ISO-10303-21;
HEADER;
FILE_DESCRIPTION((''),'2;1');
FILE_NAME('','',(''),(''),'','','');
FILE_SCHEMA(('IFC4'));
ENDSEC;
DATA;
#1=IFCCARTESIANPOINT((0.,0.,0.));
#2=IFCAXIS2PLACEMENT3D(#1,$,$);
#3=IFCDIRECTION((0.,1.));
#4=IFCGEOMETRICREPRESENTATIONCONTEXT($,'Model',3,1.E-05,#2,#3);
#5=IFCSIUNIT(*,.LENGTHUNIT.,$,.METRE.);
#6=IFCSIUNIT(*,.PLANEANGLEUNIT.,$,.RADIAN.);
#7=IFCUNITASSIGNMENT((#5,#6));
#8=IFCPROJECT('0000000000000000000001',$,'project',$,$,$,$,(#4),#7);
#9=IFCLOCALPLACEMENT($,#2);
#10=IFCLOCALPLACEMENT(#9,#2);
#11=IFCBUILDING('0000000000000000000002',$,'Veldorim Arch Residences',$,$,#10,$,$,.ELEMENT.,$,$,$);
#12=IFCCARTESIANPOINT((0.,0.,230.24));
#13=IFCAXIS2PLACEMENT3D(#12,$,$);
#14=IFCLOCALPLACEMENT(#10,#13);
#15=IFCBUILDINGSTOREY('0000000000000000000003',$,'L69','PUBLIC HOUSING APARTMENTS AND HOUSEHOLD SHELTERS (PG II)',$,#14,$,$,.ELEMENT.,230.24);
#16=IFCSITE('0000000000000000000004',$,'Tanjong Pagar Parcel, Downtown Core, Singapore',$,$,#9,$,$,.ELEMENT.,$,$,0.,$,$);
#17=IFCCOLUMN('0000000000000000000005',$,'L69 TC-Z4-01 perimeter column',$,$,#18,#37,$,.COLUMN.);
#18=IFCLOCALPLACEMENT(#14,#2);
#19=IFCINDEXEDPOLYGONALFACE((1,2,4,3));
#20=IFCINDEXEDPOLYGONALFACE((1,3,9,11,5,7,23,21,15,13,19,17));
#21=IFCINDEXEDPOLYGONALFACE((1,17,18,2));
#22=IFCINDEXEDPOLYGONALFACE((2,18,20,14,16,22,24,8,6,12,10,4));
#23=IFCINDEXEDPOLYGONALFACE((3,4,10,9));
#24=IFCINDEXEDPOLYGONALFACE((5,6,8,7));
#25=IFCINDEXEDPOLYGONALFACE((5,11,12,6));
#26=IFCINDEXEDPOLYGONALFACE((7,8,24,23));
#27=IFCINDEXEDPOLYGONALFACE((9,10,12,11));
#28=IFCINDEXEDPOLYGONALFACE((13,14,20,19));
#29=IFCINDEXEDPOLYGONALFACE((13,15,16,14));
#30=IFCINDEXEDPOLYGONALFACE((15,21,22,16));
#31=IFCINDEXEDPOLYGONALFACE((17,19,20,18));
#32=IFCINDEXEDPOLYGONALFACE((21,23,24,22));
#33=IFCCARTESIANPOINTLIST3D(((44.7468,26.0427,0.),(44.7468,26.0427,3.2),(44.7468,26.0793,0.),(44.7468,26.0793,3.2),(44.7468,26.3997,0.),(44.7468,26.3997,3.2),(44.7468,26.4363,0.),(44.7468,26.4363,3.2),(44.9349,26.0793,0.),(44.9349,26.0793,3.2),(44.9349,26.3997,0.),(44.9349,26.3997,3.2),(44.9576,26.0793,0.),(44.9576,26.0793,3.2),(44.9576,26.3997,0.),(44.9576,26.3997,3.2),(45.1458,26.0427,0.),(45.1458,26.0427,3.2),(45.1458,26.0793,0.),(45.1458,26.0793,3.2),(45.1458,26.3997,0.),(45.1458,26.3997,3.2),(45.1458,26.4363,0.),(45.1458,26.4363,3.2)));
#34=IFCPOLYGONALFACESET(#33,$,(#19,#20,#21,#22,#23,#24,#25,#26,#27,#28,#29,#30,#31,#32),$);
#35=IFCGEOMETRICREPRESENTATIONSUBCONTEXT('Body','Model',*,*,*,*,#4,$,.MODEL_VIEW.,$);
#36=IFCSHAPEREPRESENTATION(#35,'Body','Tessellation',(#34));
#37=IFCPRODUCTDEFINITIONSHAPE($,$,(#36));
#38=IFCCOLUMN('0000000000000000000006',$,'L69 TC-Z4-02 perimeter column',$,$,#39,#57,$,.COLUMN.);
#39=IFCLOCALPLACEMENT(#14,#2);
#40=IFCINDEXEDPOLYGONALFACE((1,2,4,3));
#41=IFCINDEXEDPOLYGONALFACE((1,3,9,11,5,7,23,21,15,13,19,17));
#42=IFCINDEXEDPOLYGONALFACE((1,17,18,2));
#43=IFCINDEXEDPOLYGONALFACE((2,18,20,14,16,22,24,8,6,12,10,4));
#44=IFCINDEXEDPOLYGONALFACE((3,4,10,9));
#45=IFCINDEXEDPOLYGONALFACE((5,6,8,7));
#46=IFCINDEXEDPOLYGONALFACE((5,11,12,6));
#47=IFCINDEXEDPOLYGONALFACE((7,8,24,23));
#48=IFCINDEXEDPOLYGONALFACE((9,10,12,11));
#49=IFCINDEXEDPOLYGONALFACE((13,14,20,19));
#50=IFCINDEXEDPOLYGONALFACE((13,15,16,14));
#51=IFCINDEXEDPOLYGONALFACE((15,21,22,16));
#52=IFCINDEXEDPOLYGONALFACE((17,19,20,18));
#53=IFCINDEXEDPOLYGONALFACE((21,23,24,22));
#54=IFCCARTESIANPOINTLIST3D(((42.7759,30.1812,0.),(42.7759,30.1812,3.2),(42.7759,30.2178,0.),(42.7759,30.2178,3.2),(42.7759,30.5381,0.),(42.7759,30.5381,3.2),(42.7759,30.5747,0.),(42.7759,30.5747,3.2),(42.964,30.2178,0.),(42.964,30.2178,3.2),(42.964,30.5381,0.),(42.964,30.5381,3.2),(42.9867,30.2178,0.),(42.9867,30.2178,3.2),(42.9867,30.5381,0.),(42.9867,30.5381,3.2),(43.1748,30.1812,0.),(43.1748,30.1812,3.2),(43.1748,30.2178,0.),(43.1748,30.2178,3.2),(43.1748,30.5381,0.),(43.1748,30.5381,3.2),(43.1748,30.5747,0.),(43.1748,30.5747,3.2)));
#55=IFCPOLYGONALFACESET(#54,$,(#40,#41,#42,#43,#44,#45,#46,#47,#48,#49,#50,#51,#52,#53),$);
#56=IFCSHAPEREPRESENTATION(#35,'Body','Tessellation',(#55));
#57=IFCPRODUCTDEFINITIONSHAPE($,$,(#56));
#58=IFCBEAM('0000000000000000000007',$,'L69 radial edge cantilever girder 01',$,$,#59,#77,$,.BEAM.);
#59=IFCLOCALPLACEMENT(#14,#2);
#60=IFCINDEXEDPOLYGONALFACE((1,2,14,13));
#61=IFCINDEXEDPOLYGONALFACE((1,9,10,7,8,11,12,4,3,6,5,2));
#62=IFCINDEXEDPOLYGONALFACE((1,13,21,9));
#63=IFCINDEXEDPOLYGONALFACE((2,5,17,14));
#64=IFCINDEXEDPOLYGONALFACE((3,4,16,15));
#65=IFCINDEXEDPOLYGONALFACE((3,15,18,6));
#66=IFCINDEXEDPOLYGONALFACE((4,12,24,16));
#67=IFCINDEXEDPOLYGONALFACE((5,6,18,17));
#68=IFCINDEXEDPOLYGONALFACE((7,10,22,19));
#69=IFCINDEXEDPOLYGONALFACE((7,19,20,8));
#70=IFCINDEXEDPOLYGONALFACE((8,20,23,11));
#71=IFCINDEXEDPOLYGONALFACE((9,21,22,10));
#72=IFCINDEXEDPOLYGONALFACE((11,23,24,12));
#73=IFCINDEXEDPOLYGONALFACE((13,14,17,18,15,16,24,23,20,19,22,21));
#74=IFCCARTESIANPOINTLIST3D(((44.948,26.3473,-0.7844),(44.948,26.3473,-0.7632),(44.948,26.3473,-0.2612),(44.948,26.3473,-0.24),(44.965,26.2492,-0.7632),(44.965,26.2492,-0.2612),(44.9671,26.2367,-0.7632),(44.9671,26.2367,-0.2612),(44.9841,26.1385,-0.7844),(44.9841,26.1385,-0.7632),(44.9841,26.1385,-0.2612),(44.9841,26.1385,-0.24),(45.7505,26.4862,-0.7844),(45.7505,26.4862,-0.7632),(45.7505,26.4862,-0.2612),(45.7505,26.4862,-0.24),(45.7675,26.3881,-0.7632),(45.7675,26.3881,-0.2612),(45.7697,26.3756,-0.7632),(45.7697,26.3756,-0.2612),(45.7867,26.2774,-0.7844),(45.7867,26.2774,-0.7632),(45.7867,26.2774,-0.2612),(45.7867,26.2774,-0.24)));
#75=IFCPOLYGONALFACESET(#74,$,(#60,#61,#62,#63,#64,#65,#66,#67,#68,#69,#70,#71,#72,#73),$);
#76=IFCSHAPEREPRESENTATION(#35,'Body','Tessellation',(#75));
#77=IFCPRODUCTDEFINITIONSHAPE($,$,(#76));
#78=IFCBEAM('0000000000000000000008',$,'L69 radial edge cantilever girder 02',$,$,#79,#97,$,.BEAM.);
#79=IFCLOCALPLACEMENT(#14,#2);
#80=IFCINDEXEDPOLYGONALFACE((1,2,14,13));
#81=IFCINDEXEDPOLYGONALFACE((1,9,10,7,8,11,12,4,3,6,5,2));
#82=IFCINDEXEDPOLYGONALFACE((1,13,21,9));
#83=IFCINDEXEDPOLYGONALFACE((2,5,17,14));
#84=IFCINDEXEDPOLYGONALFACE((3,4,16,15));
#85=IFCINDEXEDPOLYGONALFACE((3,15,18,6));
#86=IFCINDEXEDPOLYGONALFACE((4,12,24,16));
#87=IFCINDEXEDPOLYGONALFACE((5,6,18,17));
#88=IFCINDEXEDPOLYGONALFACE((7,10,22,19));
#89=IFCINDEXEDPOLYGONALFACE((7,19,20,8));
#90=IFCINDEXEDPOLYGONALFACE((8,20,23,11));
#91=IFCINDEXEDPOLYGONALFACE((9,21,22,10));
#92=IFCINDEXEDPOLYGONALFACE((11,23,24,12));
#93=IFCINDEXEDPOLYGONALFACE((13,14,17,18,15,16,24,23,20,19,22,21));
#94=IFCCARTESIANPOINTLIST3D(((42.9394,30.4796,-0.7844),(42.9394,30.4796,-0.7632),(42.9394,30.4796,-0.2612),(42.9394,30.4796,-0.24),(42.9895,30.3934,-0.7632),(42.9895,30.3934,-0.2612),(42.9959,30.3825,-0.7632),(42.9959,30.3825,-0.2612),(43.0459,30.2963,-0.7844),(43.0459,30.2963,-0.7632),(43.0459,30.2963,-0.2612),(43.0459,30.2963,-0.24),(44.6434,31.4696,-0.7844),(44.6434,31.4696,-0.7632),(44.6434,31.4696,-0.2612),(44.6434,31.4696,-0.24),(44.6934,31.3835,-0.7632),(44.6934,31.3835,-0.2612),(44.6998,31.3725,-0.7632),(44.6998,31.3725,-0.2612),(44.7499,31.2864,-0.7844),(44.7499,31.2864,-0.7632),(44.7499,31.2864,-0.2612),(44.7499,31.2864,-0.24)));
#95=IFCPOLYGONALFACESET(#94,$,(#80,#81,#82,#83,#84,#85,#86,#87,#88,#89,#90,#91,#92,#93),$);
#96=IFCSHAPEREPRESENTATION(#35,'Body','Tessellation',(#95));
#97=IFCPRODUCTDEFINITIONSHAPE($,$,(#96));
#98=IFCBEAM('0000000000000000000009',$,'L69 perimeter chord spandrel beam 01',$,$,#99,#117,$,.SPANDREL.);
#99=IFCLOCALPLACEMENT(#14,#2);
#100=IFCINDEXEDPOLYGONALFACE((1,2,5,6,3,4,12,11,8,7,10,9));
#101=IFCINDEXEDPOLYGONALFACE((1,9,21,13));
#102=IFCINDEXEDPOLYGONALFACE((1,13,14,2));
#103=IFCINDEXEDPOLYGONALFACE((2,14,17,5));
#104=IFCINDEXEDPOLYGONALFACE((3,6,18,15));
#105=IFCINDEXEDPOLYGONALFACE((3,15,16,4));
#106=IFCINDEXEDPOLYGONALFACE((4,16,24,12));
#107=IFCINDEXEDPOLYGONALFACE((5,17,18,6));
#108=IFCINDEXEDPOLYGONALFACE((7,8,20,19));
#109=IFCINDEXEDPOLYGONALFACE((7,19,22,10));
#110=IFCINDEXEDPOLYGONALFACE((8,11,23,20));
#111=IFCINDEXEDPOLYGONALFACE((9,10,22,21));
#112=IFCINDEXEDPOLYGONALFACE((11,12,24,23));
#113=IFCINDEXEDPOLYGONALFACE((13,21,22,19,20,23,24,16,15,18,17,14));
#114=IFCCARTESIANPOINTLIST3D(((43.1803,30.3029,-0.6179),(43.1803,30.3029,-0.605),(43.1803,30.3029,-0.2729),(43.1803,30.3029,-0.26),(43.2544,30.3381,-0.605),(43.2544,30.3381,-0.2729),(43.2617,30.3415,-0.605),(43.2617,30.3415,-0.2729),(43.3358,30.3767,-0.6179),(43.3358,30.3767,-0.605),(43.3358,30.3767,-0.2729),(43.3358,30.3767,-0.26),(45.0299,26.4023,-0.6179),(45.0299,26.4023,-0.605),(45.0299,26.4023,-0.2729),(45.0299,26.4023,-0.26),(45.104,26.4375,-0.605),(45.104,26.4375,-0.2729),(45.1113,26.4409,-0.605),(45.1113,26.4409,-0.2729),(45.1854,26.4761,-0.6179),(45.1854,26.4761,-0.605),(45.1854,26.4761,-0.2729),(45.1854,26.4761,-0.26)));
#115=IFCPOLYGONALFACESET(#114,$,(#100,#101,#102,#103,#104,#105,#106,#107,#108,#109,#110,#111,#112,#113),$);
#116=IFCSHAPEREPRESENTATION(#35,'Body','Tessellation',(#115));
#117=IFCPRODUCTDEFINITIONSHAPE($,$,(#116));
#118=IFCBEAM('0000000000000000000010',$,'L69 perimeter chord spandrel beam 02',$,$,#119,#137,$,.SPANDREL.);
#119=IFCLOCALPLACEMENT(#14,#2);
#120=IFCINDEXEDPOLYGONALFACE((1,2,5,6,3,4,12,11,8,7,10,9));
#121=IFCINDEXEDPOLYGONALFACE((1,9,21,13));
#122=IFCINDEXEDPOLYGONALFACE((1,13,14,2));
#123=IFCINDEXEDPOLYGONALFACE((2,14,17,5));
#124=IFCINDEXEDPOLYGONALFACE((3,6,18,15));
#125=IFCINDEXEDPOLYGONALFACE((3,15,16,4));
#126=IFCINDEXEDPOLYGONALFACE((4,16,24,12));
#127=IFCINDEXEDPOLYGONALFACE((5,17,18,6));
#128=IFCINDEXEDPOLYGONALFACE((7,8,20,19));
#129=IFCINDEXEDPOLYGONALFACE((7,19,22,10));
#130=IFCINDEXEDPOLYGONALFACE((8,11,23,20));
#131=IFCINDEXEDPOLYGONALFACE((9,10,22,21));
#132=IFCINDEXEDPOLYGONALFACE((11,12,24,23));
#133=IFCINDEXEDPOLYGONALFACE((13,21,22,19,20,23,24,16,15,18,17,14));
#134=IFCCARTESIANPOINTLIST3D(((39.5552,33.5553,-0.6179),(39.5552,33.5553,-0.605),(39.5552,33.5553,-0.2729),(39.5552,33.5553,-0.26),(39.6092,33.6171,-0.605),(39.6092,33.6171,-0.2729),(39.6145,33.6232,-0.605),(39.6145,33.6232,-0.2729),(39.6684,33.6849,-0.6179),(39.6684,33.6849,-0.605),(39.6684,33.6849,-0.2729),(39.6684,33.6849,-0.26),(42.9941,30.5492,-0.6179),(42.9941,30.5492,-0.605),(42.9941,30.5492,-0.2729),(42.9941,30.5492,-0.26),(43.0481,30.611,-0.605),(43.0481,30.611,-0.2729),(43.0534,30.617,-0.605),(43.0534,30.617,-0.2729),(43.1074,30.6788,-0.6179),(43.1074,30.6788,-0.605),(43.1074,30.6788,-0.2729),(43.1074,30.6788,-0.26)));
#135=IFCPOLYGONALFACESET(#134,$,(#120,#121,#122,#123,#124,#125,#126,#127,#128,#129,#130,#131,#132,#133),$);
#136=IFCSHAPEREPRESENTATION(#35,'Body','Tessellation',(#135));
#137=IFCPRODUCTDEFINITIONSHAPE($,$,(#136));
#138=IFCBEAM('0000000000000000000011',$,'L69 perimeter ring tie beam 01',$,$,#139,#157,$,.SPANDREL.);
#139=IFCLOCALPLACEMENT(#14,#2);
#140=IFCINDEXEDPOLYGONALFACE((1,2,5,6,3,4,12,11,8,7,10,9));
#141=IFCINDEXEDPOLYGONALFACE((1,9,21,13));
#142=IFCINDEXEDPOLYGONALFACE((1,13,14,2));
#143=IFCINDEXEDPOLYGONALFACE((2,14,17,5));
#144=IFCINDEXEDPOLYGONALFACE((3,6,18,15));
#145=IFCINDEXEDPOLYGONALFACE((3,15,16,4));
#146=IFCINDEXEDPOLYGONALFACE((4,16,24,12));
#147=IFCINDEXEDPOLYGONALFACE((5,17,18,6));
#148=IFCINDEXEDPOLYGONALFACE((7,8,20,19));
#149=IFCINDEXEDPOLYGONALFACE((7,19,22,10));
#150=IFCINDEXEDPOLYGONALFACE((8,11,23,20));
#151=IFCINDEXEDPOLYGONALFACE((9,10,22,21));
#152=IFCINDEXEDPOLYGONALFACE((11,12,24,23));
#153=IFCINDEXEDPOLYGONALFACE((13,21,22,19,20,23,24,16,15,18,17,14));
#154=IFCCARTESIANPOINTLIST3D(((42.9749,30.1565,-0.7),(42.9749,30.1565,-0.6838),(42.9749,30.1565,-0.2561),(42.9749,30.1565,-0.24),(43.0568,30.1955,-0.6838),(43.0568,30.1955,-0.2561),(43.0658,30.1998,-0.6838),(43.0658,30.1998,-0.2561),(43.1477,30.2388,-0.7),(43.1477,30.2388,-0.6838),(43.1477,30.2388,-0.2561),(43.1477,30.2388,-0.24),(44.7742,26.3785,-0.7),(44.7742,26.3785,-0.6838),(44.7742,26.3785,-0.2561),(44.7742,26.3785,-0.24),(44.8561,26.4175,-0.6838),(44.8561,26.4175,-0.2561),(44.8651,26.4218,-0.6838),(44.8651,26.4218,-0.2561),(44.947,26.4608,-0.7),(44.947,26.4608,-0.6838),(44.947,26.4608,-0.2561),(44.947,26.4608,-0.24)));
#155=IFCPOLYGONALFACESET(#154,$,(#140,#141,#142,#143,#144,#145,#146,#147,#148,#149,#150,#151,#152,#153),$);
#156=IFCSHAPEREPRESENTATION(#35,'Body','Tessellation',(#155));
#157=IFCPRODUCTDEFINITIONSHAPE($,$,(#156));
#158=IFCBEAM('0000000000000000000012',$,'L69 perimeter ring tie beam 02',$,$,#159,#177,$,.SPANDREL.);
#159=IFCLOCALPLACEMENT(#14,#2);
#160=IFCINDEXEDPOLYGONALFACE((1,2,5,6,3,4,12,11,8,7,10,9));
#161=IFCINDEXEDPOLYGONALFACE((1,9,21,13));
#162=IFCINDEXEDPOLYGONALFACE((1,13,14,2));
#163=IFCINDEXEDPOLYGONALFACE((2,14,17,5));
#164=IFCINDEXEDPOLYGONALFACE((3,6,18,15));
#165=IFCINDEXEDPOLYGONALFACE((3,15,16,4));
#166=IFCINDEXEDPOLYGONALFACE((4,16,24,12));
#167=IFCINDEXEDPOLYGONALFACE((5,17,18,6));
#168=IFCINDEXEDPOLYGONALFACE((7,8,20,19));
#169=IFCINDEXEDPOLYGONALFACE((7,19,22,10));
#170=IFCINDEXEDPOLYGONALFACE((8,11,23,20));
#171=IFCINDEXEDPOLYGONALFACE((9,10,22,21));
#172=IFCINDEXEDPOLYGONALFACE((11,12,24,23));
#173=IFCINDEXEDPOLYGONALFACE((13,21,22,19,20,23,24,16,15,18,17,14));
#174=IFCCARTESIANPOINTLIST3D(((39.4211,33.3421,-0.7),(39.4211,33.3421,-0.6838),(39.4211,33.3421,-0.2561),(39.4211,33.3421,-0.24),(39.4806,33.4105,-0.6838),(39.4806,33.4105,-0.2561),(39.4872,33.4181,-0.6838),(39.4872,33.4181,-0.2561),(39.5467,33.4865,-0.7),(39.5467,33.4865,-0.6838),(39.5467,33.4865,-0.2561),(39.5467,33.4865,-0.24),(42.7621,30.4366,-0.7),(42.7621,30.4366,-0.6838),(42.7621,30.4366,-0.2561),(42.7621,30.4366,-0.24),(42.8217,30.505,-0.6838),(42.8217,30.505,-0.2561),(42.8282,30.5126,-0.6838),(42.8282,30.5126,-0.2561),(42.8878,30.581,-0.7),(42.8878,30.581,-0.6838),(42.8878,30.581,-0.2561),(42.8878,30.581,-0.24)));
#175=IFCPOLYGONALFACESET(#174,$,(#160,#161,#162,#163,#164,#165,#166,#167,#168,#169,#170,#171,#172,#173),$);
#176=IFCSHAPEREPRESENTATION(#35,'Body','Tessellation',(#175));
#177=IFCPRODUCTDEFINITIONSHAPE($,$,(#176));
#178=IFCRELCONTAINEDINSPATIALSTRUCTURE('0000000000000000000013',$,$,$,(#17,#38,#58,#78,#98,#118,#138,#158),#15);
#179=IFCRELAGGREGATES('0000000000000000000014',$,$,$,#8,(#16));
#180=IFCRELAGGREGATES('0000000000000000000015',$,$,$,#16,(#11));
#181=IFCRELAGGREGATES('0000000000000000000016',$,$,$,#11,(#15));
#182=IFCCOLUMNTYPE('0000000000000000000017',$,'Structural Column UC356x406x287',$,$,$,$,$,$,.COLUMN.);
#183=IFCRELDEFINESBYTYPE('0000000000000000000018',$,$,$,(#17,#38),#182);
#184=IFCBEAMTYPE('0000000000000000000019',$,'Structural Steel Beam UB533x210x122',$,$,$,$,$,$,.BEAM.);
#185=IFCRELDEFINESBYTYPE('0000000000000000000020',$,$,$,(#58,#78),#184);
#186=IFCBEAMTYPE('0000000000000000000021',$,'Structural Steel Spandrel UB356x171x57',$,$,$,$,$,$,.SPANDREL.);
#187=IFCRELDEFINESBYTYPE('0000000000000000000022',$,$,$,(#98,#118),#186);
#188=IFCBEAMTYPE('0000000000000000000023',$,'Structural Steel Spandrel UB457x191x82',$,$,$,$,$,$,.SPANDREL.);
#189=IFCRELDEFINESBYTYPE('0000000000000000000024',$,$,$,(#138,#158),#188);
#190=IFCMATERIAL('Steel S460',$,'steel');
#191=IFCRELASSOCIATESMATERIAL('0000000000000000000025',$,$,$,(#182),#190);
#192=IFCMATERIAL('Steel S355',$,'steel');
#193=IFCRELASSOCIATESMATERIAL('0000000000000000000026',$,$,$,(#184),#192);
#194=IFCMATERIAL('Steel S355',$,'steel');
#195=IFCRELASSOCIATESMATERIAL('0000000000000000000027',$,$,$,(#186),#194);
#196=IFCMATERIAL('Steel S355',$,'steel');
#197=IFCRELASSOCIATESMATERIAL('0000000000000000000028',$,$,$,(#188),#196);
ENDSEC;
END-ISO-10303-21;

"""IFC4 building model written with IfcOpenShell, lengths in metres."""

from ifc_helpers import new_model, si_unit, direction, frame, origin, origin_2d, place, context, subcontext, project, spatial, i_section, extrude, material, material_profile, profile_set, type_object, element, save


model = new_model("IFC4")

# Units and contexts
model_context = context("Model", 3, precision=1e-05, world=origin(), true_north=direction((0.0, 1.0)))
body_context = subcontext(model_context, "Body", "Model", "MODEL_VIEW")
ifc_project = project(units=[si_unit("LENGTHUNIT", "METRE"), si_unit("PLANEANGLEUNIT", "RADIAN")], contexts=[model_context])

# Site, building, storey
site_placement = place(None, origin())
site = spatial("IfcSite", under=ifc_project, at=site_placement, Name="Tanjong Pagar Parcel, Downtown Core, Singapore", CompositionType="ELEMENT", RefElevation=0.0)
building_placement = place(site_placement, origin())
building = spatial("IfcBuilding", under=site, at=building_placement, Name="Veldorim Arch Residences", CompositionType="ELEMENT")
storey_placement = place(building_placement, frame((0.0, 0.0, 230.24)))
storey = spatial("IfcBuildingStorey", under=building, at=storey_placement, Name="L69", Description="PUBLIC HOUSING APARTMENTS AND HOUSEHOLD SHELTERS (PG II)", CompositionType="ELEMENT", Elevation=230.24)

# Columns
ifc_material_1 = material(Name="Steel S460", Category="steel")
ifc_material_profile_1 = material_profile(ifc_material_1, i_section(OverallWidth=0.3989, OverallDepth=0.3936, WebThickness=0.0227, FlangeThickness=0.0366, at=origin_2d()), Name="UC356x406x287")
ifc_profile_set_1 = profile_set([ifc_material_profile_1], Name="Steel S460")
column_type = type_object("IfcColumnType", Name="Structural Column UC356x406x287", PredefinedType="COLUMN", material=ifc_profile_set_1)
for number, where, z_axis, x_axis, name in (
    (1, (44.9463, 26.2395, 0.0), (0.0, 0.0, 1.0), (1.0, 0.0, 0.0), "L69 TC-Z4-01 perimeter column"),
    (2, (42.9753, 30.3779, 0.0), (0.0, 0.0, 1.0), (1.0, 0.0, 0.0), "L69 TC-Z4-02 perimeter column"),
):
    element("IfcColumn", number, at=place(storey_placement, frame(where, z_axis=z_axis, x_axis=x_axis)), inside=storey, type_object=column_type, Name=name, PredefinedType="COLUMN", context=body_context, shape_type="SweptSolid", body=[
        extrude(i_section(OverallWidth=0.3989, OverallDepth=0.3936, WebThickness=0.0227, FlangeThickness=0.0366, at=origin_2d()), origin(), (0.0, 0.0, 1.0), 3.2),
    ])

# Beams
ifc_material_2 = material(Name="Steel S355", Category="steel")
ifc_material_profile_2 = material_profile(ifc_material_2, i_section(OverallWidth=0.2119, OverallDepth=0.5444, WebThickness=0.0127, FlangeThickness=0.0212, at=origin_2d()), Name="UB533x210x122")
ifc_profile_set_2 = profile_set([ifc_material_profile_2], Name="Steel S355")
beam_type_1 = type_object("IfcBeamType", Name="Structural Steel Beam UB533x210x122", PredefinedType="BEAM", material=ifc_profile_set_2)
beam_1_placement = place(storey_placement, frame((44.9661, 26.2429, -0.5122), z_axis=(0.985346, 0.170569, 0.0), x_axis=(-0.170569, 0.985346, 0.0)))
element("IfcBeam", 3, at=beam_1_placement, inside=storey, type_object=beam_type_1, Name="L69 radial edge cantilever girder 01", PredefinedType="BEAM", context=body_context, shape_type="SweptSolid", body=[
    extrude(i_section(OverallWidth=0.2119, OverallDepth=0.5444, WebThickness=0.0127, FlangeThickness=0.0212, at=origin_2d()), origin(), (0.0, 0.0, 1.0), 0.8145),
])
beam_2_placement = place(storey_placement, frame((42.9927, 30.3879, -0.5122), z_axis=(0.864645, 0.502384, 0.0), x_axis=(-0.502384, 0.864645, 0.0)))
element("IfcBeam", 4, at=beam_2_placement, inside=storey, type_object=beam_type_1, Name="L69 radial edge cantilever girder 02", PredefinedType="BEAM", context=body_context, shape_type="SweptSolid", body=[
    extrude(i_section(OverallWidth=0.2119, OverallDepth=0.5444, WebThickness=0.0127, FlangeThickness=0.0212, at=origin_2d()), origin(), (0.0, 0.0, 1.0), 1.9707),
])
ifc_material_3 = material(Name="Steel S355", Category="steel")
ifc_material_profile_3 = material_profile(ifc_material_3, i_section(OverallWidth=0.1721, OverallDepth=0.3579, WebThickness=0.0081, FlangeThickness=0.0129, at=origin_2d()), Name="UB356x171x57")
ifc_profile_set_3 = profile_set([ifc_material_profile_3], Name="Steel S355")
beam_type_2 = type_object("IfcBeamType", Name="Structural Steel Spandrel UB356x171x57", PredefinedType="SPANDREL", material=ifc_profile_set_3)
beam_3_placement = place(storey_placement, frame((45.1077, 26.4392, -0.439), z_axis=(-0.428453, 0.903564, 0.0), x_axis=(-0.903564, -0.428453, 0.0)))
element("IfcBeam", 5, at=beam_3_placement, inside=storey, type_object=beam_type_2, Name="L69 perimeter chord spandrel beam 01", PredefinedType="SPANDREL", context=body_context, shape_type="SweptSolid", body=[
    extrude(i_section(OverallWidth=0.1721, OverallDepth=0.3579, WebThickness=0.0081, FlangeThickness=0.0129, at=origin_2d()), origin(), (0.0, 0.0, 1.0), 4.3169),
])
beam_4_placement = place(storey_placement, frame((43.0508, 30.614, -0.439), z_axis=(-0.752901, 0.658134, 0.0), x_axis=(-0.658134, -0.752901, 0.0)))
element("IfcBeam", 6, at=beam_4_placement, inside=storey, type_object=beam_type_2, Name="L69 perimeter chord spandrel beam 02", PredefinedType="SPANDREL", context=body_context, shape_type="SweptSolid", body=[
    extrude(i_section(OverallWidth=0.1721, OverallDepth=0.3579, WebThickness=0.0081, FlangeThickness=0.0129, at=origin_2d()), origin(), (0.0, 0.0, 1.0), 4.5676),
])
ifc_material_4 = material(Name="Steel S355", Category="steel")
ifc_material_profile_4 = material_profile(ifc_material_4, i_section(OverallWidth=0.1914, OverallDepth=0.46, WebThickness=0.01, FlangeThickness=0.0161, at=origin_2d()), Name="UB457x191x82")
ifc_profile_set_4 = profile_set([ifc_material_profile_4], Name="Steel S355")
beam_type_3 = type_object("IfcBeamType", Name="Structural Steel Spandrel UB457x191x82", PredefinedType="SPANDREL", material=ifc_profile_set_4)
beam_5_placement = place(storey_placement, frame((44.8606, 26.4197, -0.47), z_axis=(-0.429979, 0.902839, 0.0), x_axis=(-0.902839, -0.429979, 0.0)))
element("IfcBeam", 7, at=beam_5_placement, inside=storey, type_object=beam_type_3, Name="L69 perimeter ring tie beam 01", PredefinedType="SPANDREL", context=body_context, shape_type="SweptSolid", body=[
    extrude(i_section(OverallWidth=0.1914, OverallDepth=0.46, WebThickness=0.01, FlangeThickness=0.0161, at=origin_2d()), origin(), (0.0, 0.0, 1.0), 4.1846),
])
beam_6_placement = place(storey_placement, frame((42.825, 30.5088, -0.47), z_axis=(-0.754578, 0.65621, 0.0), x_axis=(-0.65621, -0.754578, 0.0)))
element("IfcBeam", 8, at=beam_6_placement, inside=storey, type_object=beam_type_3, Name="L69 perimeter ring tie beam 02", PredefinedType="SPANDREL", context=body_context, shape_type="SweptSolid", body=[
    extrude(i_section(OverallWidth=0.1914, OverallDepth=0.46, WebThickness=0.01, FlangeThickness=0.0161, at=origin_2d()), origin(), (0.0, 0.0, 1.0), 4.4277),
])

save(model, "model.ifc")
